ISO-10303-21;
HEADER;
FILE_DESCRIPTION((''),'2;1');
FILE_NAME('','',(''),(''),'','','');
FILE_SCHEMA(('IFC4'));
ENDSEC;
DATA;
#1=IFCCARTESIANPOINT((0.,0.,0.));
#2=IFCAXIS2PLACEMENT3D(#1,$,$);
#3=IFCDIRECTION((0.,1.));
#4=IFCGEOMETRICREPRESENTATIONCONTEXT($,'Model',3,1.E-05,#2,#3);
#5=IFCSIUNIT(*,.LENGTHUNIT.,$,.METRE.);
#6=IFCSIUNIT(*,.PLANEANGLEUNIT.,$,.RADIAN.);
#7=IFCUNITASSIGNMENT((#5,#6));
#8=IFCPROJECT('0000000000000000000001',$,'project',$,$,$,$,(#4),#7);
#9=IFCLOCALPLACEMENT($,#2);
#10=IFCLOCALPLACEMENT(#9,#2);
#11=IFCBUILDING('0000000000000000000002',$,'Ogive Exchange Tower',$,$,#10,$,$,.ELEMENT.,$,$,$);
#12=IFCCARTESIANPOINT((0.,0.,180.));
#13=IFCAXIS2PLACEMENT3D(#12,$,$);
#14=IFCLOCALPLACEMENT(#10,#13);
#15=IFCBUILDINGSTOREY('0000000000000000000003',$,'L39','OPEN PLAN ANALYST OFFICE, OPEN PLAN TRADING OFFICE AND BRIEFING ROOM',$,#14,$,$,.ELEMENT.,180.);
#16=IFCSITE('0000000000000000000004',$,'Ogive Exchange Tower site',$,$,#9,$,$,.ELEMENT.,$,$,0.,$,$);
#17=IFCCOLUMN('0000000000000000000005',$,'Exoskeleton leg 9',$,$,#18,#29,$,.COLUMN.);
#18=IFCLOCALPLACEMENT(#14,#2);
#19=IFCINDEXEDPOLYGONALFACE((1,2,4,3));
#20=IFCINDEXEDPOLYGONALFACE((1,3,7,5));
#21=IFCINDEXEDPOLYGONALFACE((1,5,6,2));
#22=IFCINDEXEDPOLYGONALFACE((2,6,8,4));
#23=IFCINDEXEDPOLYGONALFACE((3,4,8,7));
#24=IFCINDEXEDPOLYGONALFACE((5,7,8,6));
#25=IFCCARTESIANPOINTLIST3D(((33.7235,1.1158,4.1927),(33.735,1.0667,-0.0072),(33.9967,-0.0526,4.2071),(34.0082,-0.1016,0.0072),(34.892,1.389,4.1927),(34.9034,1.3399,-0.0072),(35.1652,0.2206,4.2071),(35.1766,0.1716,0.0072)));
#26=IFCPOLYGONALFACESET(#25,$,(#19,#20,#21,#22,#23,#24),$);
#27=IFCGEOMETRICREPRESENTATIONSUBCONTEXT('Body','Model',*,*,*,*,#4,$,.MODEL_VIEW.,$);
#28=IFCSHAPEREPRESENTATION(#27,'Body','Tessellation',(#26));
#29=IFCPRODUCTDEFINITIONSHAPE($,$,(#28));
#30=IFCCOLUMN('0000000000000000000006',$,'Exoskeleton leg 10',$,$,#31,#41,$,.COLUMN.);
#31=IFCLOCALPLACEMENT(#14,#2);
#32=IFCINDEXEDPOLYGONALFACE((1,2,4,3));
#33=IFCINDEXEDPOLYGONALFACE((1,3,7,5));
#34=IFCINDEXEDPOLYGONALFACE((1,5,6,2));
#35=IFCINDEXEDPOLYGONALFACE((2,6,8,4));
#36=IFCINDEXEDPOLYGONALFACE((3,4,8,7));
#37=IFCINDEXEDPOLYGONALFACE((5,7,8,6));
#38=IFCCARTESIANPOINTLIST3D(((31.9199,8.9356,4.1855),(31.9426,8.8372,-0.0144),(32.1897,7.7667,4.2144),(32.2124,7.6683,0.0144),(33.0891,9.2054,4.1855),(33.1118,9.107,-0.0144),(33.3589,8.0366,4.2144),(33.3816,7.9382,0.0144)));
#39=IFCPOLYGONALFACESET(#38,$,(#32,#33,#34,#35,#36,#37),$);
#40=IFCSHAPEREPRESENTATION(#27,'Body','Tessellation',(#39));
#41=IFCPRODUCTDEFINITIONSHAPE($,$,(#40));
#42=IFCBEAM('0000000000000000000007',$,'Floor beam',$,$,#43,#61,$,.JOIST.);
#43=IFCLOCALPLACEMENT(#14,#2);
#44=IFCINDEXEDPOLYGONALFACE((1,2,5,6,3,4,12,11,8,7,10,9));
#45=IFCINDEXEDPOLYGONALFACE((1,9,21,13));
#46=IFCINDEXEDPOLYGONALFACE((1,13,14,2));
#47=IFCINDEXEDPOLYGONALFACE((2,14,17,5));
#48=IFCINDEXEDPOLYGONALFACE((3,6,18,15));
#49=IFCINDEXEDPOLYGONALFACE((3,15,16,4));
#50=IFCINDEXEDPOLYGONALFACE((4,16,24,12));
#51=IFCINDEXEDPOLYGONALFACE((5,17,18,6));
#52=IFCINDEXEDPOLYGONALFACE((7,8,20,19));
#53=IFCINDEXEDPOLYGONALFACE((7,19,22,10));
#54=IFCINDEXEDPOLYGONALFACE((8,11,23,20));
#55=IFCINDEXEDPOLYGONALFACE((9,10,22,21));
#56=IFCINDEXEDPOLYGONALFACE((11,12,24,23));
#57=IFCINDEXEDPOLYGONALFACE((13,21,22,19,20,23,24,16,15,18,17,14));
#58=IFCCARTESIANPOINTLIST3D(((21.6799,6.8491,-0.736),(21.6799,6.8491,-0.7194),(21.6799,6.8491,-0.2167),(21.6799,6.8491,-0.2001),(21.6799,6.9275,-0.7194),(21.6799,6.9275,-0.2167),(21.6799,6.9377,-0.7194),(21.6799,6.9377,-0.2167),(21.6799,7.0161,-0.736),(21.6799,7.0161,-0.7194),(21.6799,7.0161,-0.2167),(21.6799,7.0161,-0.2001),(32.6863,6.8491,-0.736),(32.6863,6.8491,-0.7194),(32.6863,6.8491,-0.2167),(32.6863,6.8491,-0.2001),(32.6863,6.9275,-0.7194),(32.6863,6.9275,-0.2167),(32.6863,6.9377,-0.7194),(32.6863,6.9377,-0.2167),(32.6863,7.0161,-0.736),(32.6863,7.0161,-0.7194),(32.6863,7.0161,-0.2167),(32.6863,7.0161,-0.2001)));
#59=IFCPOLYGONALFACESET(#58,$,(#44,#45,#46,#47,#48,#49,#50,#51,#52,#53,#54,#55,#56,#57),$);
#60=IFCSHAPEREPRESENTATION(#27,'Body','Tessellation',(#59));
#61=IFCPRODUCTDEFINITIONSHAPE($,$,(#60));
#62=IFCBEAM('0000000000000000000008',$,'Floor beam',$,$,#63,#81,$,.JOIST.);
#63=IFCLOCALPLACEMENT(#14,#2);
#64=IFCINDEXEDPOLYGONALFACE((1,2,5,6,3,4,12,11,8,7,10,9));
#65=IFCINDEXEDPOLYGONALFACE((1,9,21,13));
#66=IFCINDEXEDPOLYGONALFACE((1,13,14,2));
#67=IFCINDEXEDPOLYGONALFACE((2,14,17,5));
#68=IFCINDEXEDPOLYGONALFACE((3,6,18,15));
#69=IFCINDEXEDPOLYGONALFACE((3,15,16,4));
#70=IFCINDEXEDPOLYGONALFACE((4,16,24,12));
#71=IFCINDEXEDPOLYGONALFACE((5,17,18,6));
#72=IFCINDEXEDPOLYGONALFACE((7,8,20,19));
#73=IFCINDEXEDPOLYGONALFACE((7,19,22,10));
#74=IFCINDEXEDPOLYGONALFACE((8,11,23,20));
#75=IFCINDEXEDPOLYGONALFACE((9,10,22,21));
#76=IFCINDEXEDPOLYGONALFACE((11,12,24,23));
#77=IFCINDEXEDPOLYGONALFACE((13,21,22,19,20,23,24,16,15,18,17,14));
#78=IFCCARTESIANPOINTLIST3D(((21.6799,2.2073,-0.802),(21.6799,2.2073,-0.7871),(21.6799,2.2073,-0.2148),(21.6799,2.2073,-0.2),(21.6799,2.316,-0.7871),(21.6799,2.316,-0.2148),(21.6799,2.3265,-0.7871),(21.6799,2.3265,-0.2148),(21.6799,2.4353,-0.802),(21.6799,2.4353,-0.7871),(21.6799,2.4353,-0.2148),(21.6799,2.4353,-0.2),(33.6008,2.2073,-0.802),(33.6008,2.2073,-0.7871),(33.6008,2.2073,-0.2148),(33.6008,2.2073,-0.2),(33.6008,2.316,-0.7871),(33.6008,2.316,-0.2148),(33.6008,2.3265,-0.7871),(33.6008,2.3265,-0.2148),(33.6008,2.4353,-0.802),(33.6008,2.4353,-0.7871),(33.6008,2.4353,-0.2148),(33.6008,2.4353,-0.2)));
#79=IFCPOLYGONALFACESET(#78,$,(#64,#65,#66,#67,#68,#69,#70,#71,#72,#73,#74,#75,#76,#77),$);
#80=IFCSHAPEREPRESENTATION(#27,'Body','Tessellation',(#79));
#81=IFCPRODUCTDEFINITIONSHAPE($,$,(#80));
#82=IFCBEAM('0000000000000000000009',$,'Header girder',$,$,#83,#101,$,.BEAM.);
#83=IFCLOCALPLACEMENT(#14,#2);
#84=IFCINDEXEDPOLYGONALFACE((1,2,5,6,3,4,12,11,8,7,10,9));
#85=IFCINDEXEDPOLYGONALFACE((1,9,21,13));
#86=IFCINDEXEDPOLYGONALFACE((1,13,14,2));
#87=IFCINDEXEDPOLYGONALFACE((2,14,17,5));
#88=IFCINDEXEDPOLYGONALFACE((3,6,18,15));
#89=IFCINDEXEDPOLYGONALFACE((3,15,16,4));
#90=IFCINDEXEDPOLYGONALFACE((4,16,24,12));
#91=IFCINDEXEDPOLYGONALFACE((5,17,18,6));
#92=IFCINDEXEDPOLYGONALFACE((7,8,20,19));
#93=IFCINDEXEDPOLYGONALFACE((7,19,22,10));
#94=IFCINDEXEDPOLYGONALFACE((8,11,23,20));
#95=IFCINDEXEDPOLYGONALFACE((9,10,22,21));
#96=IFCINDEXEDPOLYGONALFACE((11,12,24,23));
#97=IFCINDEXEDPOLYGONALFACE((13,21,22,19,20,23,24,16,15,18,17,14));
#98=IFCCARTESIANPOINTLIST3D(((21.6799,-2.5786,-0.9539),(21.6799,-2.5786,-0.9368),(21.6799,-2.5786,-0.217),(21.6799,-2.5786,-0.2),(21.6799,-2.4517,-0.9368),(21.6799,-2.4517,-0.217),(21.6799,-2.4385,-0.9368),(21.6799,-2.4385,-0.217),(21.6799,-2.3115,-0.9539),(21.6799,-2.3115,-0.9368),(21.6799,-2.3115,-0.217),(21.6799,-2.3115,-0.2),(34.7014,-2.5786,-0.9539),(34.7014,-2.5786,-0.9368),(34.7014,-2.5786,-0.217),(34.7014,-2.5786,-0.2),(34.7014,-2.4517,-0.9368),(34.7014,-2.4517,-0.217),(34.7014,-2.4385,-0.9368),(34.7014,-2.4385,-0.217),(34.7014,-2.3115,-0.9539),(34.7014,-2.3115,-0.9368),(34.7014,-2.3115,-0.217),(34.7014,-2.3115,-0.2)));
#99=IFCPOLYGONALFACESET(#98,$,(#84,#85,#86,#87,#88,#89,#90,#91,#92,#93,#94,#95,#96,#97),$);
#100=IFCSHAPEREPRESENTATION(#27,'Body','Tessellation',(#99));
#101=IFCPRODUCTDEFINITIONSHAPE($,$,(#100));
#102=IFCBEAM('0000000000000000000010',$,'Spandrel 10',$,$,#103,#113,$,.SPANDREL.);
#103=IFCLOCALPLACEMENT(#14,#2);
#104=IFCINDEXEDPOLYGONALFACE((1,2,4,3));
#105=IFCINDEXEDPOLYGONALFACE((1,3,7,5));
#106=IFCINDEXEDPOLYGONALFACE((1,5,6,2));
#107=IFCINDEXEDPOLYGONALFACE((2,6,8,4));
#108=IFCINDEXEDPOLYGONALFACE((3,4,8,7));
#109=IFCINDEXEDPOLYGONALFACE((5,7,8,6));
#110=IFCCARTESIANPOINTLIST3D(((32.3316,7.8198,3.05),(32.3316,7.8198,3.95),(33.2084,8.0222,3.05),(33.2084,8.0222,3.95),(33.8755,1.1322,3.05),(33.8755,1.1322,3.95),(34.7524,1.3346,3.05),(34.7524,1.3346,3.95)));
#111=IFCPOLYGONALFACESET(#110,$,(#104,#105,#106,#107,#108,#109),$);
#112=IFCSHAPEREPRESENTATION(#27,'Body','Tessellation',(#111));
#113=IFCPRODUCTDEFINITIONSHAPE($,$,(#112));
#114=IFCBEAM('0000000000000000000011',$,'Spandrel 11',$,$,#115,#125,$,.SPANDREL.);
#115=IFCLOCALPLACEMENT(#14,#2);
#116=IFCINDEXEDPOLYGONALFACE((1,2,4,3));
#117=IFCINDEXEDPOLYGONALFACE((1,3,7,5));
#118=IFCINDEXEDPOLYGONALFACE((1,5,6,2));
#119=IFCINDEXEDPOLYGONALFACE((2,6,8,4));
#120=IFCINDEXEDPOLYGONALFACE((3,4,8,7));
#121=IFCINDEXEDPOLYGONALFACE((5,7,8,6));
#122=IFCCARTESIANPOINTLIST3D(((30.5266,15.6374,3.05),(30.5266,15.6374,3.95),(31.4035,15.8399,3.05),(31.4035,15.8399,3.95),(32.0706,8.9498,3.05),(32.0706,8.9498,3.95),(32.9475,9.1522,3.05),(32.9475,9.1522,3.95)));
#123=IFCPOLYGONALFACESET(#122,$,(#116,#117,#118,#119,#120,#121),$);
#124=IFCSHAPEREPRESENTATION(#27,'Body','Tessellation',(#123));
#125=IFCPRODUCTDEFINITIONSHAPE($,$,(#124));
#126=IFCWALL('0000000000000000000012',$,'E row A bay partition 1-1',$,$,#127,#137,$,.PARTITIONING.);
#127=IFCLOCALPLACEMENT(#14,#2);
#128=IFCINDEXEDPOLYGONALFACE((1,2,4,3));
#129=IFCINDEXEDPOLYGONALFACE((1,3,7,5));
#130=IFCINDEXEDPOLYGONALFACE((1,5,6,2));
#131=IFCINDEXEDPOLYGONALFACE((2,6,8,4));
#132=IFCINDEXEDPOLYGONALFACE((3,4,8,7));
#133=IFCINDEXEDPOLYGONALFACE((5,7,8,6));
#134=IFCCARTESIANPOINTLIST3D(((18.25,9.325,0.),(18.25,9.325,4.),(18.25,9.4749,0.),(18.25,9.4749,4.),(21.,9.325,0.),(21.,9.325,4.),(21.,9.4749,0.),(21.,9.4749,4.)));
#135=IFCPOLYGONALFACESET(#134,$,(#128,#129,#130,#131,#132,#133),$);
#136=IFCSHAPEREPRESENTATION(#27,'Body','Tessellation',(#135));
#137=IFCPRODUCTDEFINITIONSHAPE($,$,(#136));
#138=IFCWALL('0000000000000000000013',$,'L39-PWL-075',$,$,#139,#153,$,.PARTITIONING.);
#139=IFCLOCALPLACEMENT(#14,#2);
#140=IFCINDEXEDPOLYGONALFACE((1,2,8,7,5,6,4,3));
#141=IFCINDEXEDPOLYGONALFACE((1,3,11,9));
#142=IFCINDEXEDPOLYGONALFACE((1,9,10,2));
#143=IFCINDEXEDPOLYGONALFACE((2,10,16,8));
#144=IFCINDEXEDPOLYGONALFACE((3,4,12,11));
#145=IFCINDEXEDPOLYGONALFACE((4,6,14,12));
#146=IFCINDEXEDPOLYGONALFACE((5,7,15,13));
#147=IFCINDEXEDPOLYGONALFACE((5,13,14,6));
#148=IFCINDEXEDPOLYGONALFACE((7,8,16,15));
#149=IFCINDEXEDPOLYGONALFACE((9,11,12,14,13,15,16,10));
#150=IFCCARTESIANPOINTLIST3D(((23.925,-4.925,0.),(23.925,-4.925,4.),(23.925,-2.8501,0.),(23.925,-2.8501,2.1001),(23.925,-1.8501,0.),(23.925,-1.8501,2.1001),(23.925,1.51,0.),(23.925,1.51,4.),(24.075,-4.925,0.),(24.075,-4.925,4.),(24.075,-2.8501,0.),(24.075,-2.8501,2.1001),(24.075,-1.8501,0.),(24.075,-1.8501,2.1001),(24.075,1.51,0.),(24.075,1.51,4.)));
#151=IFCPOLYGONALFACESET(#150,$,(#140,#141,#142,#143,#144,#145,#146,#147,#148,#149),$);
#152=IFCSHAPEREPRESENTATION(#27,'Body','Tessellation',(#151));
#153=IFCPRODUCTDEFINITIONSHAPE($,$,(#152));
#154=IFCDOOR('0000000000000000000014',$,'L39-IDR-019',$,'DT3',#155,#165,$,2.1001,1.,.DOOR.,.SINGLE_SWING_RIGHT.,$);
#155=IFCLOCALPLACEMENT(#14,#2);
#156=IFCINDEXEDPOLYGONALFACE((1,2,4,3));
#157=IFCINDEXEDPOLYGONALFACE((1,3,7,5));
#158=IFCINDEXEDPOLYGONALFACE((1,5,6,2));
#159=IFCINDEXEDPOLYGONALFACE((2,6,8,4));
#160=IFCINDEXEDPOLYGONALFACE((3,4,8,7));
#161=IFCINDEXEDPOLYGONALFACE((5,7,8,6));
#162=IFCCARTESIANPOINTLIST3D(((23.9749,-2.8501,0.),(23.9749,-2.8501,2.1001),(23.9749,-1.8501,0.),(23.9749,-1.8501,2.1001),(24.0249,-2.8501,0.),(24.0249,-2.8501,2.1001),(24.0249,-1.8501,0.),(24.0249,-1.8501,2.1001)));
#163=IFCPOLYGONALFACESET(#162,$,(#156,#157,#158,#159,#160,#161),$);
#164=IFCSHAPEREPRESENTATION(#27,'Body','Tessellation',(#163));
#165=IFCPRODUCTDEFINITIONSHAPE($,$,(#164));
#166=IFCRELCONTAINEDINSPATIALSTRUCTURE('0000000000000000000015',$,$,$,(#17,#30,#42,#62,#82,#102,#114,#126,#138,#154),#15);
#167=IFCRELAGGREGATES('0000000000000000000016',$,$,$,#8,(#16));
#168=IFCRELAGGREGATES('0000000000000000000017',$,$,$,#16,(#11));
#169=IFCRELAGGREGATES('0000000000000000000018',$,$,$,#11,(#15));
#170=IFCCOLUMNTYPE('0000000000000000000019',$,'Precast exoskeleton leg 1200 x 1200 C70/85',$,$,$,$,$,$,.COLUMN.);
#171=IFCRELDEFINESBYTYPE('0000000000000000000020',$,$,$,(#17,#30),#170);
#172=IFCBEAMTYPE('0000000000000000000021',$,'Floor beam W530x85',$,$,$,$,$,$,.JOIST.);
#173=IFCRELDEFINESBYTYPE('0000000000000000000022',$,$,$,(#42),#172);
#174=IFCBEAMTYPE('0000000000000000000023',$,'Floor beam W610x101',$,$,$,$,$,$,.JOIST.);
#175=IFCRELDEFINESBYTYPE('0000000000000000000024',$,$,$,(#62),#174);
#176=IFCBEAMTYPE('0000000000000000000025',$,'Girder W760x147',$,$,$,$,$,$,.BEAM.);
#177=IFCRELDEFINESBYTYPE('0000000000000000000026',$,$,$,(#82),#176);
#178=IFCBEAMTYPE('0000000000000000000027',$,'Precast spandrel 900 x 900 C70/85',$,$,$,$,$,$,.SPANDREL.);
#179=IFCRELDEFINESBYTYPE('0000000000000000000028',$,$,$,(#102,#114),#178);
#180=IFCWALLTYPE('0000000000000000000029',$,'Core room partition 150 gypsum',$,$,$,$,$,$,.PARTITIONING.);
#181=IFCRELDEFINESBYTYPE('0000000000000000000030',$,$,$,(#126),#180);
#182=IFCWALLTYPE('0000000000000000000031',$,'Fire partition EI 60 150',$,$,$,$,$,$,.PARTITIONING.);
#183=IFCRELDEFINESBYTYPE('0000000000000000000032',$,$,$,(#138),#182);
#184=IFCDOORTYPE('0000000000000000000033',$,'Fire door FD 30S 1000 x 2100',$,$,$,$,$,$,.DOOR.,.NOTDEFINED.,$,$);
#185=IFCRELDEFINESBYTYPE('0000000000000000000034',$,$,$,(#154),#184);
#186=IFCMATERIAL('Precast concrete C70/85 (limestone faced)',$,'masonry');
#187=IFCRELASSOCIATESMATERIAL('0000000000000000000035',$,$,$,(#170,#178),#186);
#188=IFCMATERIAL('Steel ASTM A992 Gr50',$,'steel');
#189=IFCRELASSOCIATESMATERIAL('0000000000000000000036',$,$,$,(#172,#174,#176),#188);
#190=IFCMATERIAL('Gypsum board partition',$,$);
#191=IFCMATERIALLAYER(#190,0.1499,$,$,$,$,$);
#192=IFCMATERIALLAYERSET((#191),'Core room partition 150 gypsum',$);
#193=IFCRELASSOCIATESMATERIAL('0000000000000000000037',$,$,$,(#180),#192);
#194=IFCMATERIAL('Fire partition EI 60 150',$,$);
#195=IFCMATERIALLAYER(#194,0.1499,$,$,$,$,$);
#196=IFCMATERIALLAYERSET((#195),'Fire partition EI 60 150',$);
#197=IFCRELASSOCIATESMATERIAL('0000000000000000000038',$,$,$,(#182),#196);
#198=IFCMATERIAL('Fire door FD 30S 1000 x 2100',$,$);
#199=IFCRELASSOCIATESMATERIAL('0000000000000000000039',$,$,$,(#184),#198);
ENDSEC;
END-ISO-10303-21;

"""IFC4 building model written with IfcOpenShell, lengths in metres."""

from ifc_helpers import new_model, si_unit, direction, frame, frame_2d, origin, origin_2d, place, context, subcontext, project, spatial, rectangle, i_section, extrude, material, layer, layer_set, material_profile, profile_set, type_object, element, fill, save


model = new_model("IFC4")

# Units and contexts
model_context = context("Model", 3, precision=1e-05, world=origin(), true_north=direction((0.0, 1.0)))
body_context = subcontext(model_context, "Body", "Model", "MODEL_VIEW")
ifc_project = project(units=[si_unit("LENGTHUNIT", "METRE"), si_unit("PLANEANGLEUNIT", "RADIAN")], contexts=[model_context])

# Site, building, storey
site_placement = place(None, origin())
site = spatial("IfcSite", under=ifc_project, at=site_placement, Name="Ogive Exchange Tower site", CompositionType="ELEMENT", RefElevation=0.0)
building_placement = place(site_placement, origin())
building = spatial("IfcBuilding", under=site, at=building_placement, Name="Ogive Exchange Tower", CompositionType="ELEMENT")
storey_placement = place(building_placement, frame((0.0, 0.0, 180.0)))
storey = spatial("IfcBuildingStorey", under=building, at=storey_placement, Name="L39", Description="OPEN PLAN ANALYST OFFICE, OPEN PLAN TRADING OFFICE AND BRIEFING ROOM", CompositionType="ELEMENT", Elevation=180.0)

# Columns
ifc_material_1 = material(Name="Precast concrete C70/85 (limestone faced)", Category="masonry")
ifc_material_profile_1 = material_profile(ifc_material_1, rectangle(XDim=1.2, YDim=1.2, at=origin_2d()), Name="1200 x 1200")
ifc_profile_set_1 = profile_set([ifc_material_profile_1], Name="Precast concrete C70/85 (limestone faced)")
column_type = type_object("IfcColumnType", Name="Precast exoskeleton leg 1200 x 1200 C70/85", PredefinedType="COLUMN", material=ifc_profile_set_1)
column_1_placement = place(storey_placement, frame((34.4558, 0.6191, 0.0), z_axis=(-0.002732, 0.011683, 0.999928), x_axis=(-0.973734, -0.227689, 0.0)))
element("IfcColumn", 1, at=column_1_placement, inside=storey, type_object=column_type, Name="Exoskeleton leg 9", PredefinedType="COLUMN", context=body_context, shape_type="SweptSolid", body=[
    extrude(rectangle(XDim=1.2, YDim=1.2, at=origin_2d()), origin(), (0.0, 0.0, 1.0), 4.2002),
])
column_2_placement = place(storey_placement, frame((32.6621, 8.3877, 0.0), z_axis=(-0.005404, 0.023419, 0.999711), x_axis=(-0.974391, -0.22486, 0.0)))
element("IfcColumn", 2, at=column_2_placement, inside=storey, type_object=column_type, Name="Exoskeleton leg 10", PredefinedType="COLUMN", context=body_context, shape_type="SweptSolid", body=[
    extrude(rectangle(XDim=1.2, YDim=1.2, at=origin_2d()), origin(), (0.0, 0.0, 1.0), 4.2012),
])

# Beams
ifc_material_2 = material(Name="Steel ASTM A992 Gr50", Category="steel")
ifc_material_profile_2 = material_profile(ifc_material_2, i_section(OverallWidth=0.167, OverallDepth=0.5359, WebThickness=0.0103, FlangeThickness=0.0166, at=origin_2d()), Name="W530x85")
ifc_profile_set_2 = profile_set([ifc_material_profile_2], Name="Steel ASTM A992 Gr50")
beam_type_1 = type_object("IfcBeamType", Name="Floor beam W530x85", PredefinedType="JOIST", material=ifc_profile_set_2)
beam_1_placement = place(storey_placement, frame((21.6799, 6.9326, -0.468), z_axis=(1.0, 0.0, 0.0), x_axis=(0.0, 1.0, 0.0)))
element("IfcBeam", 3, at=beam_1_placement, inside=storey, type_object=beam_type_1, Name="Floor beam", PredefinedType="JOIST", context=body_context, shape_type="SweptSolid", body=[
    extrude(i_section(OverallWidth=0.167, OverallDepth=0.5359, WebThickness=0.0103, FlangeThickness=0.0166, at=origin_2d()), origin(), (0.0, 0.0, 1.0), 11.0063),
])
ifc_material_profile_3 = material_profile(ifc_material_2, i_section(OverallWidth=0.228, OverallDepth=0.6021, WebThickness=0.0105, FlangeThickness=0.0149, at=origin_2d()), Name="W610x101")
ifc_profile_set_3 = profile_set([ifc_material_profile_3], Name="Steel ASTM A992 Gr50")
beam_type_2 = type_object("IfcBeamType", Name="Floor beam W610x101", PredefinedType="JOIST", material=ifc_profile_set_3)
beam_2_placement = place(storey_placement, frame((21.6799, 2.3213, -0.501), z_axis=(1.0, 0.0, 0.0), x_axis=(0.0, 1.0, 0.0)))
element("IfcBeam", 4, at=beam_2_placement, inside=storey, type_object=beam_type_2, Name="Floor beam", PredefinedType="JOIST", context=body_context, shape_type="SweptSolid", body=[
    extrude(i_section(OverallWidth=0.228, OverallDepth=0.6021, WebThickness=0.0105, FlangeThickness=0.0149, at=origin_2d()), origin(), (0.0, 0.0, 1.0), 11.9209),
])
ifc_material_profile_4 = material_profile(ifc_material_2, i_section(OverallWidth=0.2671, OverallDepth=0.7539, WebThickness=0.0132, FlangeThickness=0.0171, at=origin_2d()), Name="W760x147")
ifc_profile_set_4 = profile_set([ifc_material_profile_4], Name="Steel ASTM A992 Gr50")
beam_type_3 = type_object("IfcBeamType", Name="Girder W760x147", PredefinedType="BEAM", material=ifc_profile_set_4)
beam_3_placement = place(storey_placement, frame((21.6799, -2.4451, -0.5769), z_axis=(1.0, 0.0, 0.0), x_axis=(0.0, 1.0, 0.0)))
element("IfcBeam", 5, at=beam_3_placement, inside=storey, type_object=beam_type_3, Name="Header girder", PredefinedType="BEAM", context=body_context, shape_type="SweptSolid", body=[
    extrude(i_section(OverallWidth=0.2671, OverallDepth=0.7539, WebThickness=0.0132, FlangeThickness=0.0171, at=origin_2d()), origin(), (0.0, 0.0, 1.0), 13.0215),
])
ifc_material_profile_5 = material_profile(ifc_material_1, rectangle(XDim=0.8999, YDim=0.8999, at=origin_2d()), Name="900 x 900")
ifc_profile_set_5 = profile_set([ifc_material_profile_5], Name="Precast concrete C70/85 (limestone faced)")
beam_type_4 = type_object("IfcBeamType", Name="Precast spandrel 900 x 900 C70/85", PredefinedType="SPANDREL", material=ifc_profile_set_5)
for number, where, z_axis, x_axis, name in (
    (6, (34.314, 1.2334, 3.5), (-0.224953, 0.97437, 0.0), (-0.97437, -0.224953, 0.0), "Spandrel 10"),
    (7, (32.509, 9.051, 3.5), (-0.224953, 0.97437, 0.0), (-0.97437, -0.224953, 0.0), "Spandrel 11"),
):
    element("IfcBeam", number, at=place(storey_placement, frame(where, z_axis=z_axis, x_axis=x_axis)), inside=storey, type_object=beam_type_4, Name=name, PredefinedType="SPANDREL", context=body_context, shape_type="SweptSolid", body=[
        extrude(rectangle(XDim=0.8999, YDim=0.8999, at=origin_2d()), origin(), (0.0, 0.0, 1.0), 6.8635),
    ])

# Wall
ifc_material_3 = material(Name="Gypsum board partition")
ifc_layer_1 = layer(ifc_material_3, 0.1499)
ifc_layer_set_1 = layer_set([ifc_layer_1], Name="Core room partition 150 gypsum")
wall_type_1 = type_object("IfcWallType", Name="Core room partition 150 gypsum", PredefinedType="PARTITIONING", material=ifc_layer_set_1)
wall_1_placement = place(storey_placement, frame((18.25, 9.3999, 0.0), z_axis=(0.0, 0.0, 1.0), x_axis=(1.0, 0.0, 0.0)))
element("IfcWall", 8, at=wall_1_placement, inside=storey, type_object=wall_type_1, Name="E row A bay partition 1-1", PredefinedType="PARTITIONING", context=body_context, shape_type="SweptSolid", body=[
    extrude(rectangle(XDim=2.75, YDim=0.1499, at=frame_2d((1.375, 0.0))), origin(), (0.0, 0.0, 1.0), 4.0),
])

# Wall, opening, door
ifc_material_4 = material(Name="Fire partition EI 60 150")
ifc_layer_2 = layer(ifc_material_4, 0.1499)
ifc_layer_set_2 = layer_set([ifc_layer_2], Name="Fire partition EI 60 150")
wall_type_2 = type_object("IfcWallType", Name="Fire partition EI 60 150", PredefinedType="PARTITIONING", material=ifc_layer_set_2)
wall_2_placement = place(storey_placement, frame((24.0, 1.51, 0.0), z_axis=(0.0, 0.0, 1.0), x_axis=(0.0, -1.0, 0.0)))
wall_2 = element("IfcWall", 9, at=wall_2_placement, inside=storey, type_object=wall_type_2, Name="L39-PWL-075", PredefinedType="PARTITIONING", context=body_context, shape_type="SweptSolid", body=[
    extrude(rectangle(XDim=6.4351, YDim=0.1499, at=frame_2d((3.2175, 0.0))), origin(), (0.0, 0.0, 1.0), 4.0),
])
opening_1_placement = place(wall_2_placement, frame((3.3601, 0.0, 0.0)))
opening_1 = element("IfcOpeningElement", 10, at=opening_1_placement, cuts=wall_2, PredefinedType="OPENING", context=body_context, shape_type="SweptSolid", body=[
    extrude(rectangle(XDim=1.0, YDim=2.1001, at=frame_2d((0.5, 1.05))), frame((0.0, 0.085, 0.0), z_axis=(0.0, -1.0, 0.0), x_axis=(1.0, 0.0, 0.0)), (0.0, 0.0, 1.0), 0.1699),
])
ifc_material_5 = material(Name="Fire door FD 30S 1000 x 2100")
door_type_1 = type_object("IfcDoorType", Name="Fire door FD 30S 1000 x 2100", OperationType="NOTDEFINED", PredefinedType="DOOR", material=ifc_material_5)
door_1_placement = place(opening_1_placement, origin())
door_1 = element("IfcDoor", 11, at=door_1_placement, inside=storey, type_object=door_type_1, Name="L39-IDR-019", ObjectType="DT3", OperationType="SINGLE_SWING_RIGHT", OverallHeight=2.1001, OverallWidth=1.0, PredefinedType="DOOR", context=body_context, shape_type="SweptSolid", body=[
    extrude(rectangle(XDim=1.0, YDim=2.1001, at=frame_2d((0.5, 1.05))), frame((0.0, 0.0249, 0.0), z_axis=(0.0, -1.0, 0.0), x_axis=(1.0, 0.0, 0.0)), (0.0, 0.0, 1.0), 0.05),
])
fill(opening_1, door_1)

save(model, "model.ifc")
